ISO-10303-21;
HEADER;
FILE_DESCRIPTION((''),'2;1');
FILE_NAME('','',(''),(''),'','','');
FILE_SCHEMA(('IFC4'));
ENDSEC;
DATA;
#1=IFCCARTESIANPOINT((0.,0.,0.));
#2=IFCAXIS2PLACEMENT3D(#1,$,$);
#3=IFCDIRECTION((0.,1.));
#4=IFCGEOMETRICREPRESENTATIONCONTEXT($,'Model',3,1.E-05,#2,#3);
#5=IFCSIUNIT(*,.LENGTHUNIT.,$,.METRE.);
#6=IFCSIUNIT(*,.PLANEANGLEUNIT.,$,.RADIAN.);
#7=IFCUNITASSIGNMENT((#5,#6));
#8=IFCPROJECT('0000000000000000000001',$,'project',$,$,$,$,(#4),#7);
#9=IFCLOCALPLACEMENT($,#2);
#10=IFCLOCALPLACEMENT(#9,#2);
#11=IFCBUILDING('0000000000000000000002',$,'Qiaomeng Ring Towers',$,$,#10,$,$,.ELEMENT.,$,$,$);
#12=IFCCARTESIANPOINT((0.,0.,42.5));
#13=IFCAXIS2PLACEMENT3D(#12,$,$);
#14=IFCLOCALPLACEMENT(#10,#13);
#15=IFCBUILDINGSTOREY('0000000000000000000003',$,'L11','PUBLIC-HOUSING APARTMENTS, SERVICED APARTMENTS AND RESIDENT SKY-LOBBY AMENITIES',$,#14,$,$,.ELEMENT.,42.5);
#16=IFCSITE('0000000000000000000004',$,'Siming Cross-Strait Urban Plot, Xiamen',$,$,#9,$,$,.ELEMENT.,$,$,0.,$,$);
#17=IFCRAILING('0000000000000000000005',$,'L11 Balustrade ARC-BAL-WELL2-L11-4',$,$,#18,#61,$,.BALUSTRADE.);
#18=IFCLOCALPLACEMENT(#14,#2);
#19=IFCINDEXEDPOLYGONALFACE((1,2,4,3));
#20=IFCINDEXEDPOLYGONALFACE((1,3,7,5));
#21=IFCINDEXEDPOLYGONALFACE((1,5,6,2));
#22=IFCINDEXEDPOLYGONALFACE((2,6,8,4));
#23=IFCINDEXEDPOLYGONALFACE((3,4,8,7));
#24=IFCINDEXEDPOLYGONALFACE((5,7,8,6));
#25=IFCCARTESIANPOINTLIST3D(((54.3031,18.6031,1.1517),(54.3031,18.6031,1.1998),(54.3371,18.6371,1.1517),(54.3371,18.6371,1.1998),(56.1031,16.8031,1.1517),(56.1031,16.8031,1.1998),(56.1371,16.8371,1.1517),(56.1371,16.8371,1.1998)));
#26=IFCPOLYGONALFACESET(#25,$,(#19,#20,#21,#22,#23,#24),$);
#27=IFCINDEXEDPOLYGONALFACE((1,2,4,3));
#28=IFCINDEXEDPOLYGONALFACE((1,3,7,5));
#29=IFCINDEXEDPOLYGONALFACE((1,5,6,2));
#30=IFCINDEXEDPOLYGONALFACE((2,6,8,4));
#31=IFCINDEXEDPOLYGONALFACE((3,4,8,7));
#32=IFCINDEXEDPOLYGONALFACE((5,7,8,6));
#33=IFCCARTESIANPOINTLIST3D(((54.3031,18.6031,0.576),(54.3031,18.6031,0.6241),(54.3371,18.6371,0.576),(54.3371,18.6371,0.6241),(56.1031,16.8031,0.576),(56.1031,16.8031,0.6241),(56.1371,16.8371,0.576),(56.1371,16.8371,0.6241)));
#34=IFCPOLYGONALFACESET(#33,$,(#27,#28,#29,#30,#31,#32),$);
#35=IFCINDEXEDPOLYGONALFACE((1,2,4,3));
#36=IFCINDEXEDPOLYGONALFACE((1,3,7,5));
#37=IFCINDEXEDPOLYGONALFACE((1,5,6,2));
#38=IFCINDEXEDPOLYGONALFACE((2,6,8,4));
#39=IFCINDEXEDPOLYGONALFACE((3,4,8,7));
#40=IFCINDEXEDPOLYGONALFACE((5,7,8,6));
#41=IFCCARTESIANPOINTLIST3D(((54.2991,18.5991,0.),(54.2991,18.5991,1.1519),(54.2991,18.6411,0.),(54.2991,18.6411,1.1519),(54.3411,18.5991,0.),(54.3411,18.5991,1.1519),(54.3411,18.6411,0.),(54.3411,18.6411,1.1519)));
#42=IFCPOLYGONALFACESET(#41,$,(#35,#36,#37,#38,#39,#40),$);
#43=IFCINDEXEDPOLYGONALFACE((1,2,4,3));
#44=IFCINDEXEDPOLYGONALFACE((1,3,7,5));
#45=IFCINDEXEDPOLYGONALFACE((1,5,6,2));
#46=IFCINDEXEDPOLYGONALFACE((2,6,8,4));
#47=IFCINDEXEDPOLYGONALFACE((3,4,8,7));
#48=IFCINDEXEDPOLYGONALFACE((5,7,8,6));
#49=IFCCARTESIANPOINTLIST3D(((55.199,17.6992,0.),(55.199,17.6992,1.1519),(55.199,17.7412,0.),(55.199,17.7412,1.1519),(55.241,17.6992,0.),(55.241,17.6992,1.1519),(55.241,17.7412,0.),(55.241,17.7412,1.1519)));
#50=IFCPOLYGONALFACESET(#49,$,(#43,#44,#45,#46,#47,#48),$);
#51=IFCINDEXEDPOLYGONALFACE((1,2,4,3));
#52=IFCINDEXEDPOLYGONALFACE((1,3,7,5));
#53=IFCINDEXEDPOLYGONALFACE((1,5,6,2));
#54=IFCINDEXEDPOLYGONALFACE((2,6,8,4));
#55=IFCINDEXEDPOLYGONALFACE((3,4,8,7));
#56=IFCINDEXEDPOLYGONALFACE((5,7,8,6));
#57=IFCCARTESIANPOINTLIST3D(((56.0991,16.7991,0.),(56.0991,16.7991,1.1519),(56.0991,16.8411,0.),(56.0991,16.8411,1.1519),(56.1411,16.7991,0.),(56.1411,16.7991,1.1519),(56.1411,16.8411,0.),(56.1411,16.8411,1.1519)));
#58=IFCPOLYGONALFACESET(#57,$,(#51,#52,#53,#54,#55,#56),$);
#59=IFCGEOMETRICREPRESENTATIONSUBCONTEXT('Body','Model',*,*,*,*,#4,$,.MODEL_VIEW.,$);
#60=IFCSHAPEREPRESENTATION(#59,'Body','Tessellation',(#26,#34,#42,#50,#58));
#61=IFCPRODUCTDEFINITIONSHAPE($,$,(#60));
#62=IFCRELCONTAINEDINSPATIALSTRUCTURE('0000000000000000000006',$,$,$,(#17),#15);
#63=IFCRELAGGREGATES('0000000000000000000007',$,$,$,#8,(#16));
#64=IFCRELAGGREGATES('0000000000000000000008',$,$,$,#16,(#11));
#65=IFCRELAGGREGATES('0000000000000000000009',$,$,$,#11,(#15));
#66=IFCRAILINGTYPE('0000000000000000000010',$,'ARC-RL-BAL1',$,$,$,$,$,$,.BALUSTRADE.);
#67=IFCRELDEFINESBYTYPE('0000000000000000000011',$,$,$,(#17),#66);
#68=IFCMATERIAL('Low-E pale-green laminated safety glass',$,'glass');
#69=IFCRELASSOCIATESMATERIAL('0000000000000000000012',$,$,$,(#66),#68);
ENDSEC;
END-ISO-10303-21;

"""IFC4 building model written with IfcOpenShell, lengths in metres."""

from ifc_helpers import new_model, si_unit, direction, frame, origin, origin_2d, place, context, subcontext, project, spatial, rectangle, extrude, material, type_object, element, save


model = new_model("IFC4")

# Units and contexts
model_context = context("Model", 3, precision=1e-05, world=origin(), true_north=direction((0.0, 1.0)))
body_context = subcontext(model_context, "Body", "Model", "MODEL_VIEW")
ifc_project = project(units=[si_unit("LENGTHUNIT", "METRE"), si_unit("PLANEANGLEUNIT", "RADIAN")], contexts=[model_context])

# Site, building, storey
site_placement = place(None, origin())
site = spatial("IfcSite", under=ifc_project, at=site_placement, Name="Siming Cross-Strait Urban Plot, Xiamen", CompositionType="ELEMENT", RefElevation=0.0)
building_placement = place(site_placement, origin())
building = spatial("IfcBuilding", under=site, at=building_placement, Name="Qiaomeng Ring Towers", CompositionType="ELEMENT")
storey_placement = place(building_placement, frame((0.0, 0.0, 42.5)))
storey = spatial("IfcBuildingStorey", under=building, at=storey_placement, Name="L11", Description="PUBLIC-HOUSING APARTMENTS, SERVICED APARTMENTS AND RESIDENT SKY-LOBBY AMENITIES", CompositionType="ELEMENT", Elevation=42.5)

# Railing
ifc_material_1 = material(Name="Low-E pale-green laminated safety glass", Category="glass")
railing_type = type_object("IfcRailingType", Name="ARC-RL-BAL1", PredefinedType="BALUSTRADE", material=ifc_material_1)
railing_placement = place(storey_placement, frame((54.3201, 18.6201, 0.0)))
element("IfcRailing", 1, at=railing_placement, inside=storey, type_object=railing_type, Name="L11 Balustrade ARC-BAL-WELL2-L11-4", PredefinedType="BALUSTRADE", context=body_context, shape_type="SweptSolid", body=[
    extrude(rectangle(XDim=0.0481, YDim=0.0481, at=origin_2d()), frame((0.0, 0.0, 1.1758), z_axis=(0.707107, -0.707107, 0.0), x_axis=(0.707107, 0.707107, 0.0)), (0.0, 0.0, 1.0), 2.5457),
    extrude(rectangle(XDim=0.0481, YDim=0.0481, at=origin_2d()), frame((0.0, 0.0, 0.6001), z_axis=(0.707107, -0.707107, 0.0), x_axis=(0.707107, 0.707107, 0.0)), (0.0, 0.0, 1.0), 2.5457),
    extrude(rectangle(XDim=0.042, YDim=0.042, at=origin_2d()), origin(), (0.0, 0.0, 1.0), 1.1519),
    extrude(rectangle(XDim=0.042, YDim=0.042, at=origin_2d()), frame((0.8999, -0.8999, 0.0)), (0.0, 0.0, 1.0), 1.1519),
    extrude(rectangle(XDim=0.042, YDim=0.042, at=origin_2d()), frame((1.8, -1.8, 0.0)), (0.0, 0.0, 1.0), 1.1519),
])

save(model, "model.ifc")
